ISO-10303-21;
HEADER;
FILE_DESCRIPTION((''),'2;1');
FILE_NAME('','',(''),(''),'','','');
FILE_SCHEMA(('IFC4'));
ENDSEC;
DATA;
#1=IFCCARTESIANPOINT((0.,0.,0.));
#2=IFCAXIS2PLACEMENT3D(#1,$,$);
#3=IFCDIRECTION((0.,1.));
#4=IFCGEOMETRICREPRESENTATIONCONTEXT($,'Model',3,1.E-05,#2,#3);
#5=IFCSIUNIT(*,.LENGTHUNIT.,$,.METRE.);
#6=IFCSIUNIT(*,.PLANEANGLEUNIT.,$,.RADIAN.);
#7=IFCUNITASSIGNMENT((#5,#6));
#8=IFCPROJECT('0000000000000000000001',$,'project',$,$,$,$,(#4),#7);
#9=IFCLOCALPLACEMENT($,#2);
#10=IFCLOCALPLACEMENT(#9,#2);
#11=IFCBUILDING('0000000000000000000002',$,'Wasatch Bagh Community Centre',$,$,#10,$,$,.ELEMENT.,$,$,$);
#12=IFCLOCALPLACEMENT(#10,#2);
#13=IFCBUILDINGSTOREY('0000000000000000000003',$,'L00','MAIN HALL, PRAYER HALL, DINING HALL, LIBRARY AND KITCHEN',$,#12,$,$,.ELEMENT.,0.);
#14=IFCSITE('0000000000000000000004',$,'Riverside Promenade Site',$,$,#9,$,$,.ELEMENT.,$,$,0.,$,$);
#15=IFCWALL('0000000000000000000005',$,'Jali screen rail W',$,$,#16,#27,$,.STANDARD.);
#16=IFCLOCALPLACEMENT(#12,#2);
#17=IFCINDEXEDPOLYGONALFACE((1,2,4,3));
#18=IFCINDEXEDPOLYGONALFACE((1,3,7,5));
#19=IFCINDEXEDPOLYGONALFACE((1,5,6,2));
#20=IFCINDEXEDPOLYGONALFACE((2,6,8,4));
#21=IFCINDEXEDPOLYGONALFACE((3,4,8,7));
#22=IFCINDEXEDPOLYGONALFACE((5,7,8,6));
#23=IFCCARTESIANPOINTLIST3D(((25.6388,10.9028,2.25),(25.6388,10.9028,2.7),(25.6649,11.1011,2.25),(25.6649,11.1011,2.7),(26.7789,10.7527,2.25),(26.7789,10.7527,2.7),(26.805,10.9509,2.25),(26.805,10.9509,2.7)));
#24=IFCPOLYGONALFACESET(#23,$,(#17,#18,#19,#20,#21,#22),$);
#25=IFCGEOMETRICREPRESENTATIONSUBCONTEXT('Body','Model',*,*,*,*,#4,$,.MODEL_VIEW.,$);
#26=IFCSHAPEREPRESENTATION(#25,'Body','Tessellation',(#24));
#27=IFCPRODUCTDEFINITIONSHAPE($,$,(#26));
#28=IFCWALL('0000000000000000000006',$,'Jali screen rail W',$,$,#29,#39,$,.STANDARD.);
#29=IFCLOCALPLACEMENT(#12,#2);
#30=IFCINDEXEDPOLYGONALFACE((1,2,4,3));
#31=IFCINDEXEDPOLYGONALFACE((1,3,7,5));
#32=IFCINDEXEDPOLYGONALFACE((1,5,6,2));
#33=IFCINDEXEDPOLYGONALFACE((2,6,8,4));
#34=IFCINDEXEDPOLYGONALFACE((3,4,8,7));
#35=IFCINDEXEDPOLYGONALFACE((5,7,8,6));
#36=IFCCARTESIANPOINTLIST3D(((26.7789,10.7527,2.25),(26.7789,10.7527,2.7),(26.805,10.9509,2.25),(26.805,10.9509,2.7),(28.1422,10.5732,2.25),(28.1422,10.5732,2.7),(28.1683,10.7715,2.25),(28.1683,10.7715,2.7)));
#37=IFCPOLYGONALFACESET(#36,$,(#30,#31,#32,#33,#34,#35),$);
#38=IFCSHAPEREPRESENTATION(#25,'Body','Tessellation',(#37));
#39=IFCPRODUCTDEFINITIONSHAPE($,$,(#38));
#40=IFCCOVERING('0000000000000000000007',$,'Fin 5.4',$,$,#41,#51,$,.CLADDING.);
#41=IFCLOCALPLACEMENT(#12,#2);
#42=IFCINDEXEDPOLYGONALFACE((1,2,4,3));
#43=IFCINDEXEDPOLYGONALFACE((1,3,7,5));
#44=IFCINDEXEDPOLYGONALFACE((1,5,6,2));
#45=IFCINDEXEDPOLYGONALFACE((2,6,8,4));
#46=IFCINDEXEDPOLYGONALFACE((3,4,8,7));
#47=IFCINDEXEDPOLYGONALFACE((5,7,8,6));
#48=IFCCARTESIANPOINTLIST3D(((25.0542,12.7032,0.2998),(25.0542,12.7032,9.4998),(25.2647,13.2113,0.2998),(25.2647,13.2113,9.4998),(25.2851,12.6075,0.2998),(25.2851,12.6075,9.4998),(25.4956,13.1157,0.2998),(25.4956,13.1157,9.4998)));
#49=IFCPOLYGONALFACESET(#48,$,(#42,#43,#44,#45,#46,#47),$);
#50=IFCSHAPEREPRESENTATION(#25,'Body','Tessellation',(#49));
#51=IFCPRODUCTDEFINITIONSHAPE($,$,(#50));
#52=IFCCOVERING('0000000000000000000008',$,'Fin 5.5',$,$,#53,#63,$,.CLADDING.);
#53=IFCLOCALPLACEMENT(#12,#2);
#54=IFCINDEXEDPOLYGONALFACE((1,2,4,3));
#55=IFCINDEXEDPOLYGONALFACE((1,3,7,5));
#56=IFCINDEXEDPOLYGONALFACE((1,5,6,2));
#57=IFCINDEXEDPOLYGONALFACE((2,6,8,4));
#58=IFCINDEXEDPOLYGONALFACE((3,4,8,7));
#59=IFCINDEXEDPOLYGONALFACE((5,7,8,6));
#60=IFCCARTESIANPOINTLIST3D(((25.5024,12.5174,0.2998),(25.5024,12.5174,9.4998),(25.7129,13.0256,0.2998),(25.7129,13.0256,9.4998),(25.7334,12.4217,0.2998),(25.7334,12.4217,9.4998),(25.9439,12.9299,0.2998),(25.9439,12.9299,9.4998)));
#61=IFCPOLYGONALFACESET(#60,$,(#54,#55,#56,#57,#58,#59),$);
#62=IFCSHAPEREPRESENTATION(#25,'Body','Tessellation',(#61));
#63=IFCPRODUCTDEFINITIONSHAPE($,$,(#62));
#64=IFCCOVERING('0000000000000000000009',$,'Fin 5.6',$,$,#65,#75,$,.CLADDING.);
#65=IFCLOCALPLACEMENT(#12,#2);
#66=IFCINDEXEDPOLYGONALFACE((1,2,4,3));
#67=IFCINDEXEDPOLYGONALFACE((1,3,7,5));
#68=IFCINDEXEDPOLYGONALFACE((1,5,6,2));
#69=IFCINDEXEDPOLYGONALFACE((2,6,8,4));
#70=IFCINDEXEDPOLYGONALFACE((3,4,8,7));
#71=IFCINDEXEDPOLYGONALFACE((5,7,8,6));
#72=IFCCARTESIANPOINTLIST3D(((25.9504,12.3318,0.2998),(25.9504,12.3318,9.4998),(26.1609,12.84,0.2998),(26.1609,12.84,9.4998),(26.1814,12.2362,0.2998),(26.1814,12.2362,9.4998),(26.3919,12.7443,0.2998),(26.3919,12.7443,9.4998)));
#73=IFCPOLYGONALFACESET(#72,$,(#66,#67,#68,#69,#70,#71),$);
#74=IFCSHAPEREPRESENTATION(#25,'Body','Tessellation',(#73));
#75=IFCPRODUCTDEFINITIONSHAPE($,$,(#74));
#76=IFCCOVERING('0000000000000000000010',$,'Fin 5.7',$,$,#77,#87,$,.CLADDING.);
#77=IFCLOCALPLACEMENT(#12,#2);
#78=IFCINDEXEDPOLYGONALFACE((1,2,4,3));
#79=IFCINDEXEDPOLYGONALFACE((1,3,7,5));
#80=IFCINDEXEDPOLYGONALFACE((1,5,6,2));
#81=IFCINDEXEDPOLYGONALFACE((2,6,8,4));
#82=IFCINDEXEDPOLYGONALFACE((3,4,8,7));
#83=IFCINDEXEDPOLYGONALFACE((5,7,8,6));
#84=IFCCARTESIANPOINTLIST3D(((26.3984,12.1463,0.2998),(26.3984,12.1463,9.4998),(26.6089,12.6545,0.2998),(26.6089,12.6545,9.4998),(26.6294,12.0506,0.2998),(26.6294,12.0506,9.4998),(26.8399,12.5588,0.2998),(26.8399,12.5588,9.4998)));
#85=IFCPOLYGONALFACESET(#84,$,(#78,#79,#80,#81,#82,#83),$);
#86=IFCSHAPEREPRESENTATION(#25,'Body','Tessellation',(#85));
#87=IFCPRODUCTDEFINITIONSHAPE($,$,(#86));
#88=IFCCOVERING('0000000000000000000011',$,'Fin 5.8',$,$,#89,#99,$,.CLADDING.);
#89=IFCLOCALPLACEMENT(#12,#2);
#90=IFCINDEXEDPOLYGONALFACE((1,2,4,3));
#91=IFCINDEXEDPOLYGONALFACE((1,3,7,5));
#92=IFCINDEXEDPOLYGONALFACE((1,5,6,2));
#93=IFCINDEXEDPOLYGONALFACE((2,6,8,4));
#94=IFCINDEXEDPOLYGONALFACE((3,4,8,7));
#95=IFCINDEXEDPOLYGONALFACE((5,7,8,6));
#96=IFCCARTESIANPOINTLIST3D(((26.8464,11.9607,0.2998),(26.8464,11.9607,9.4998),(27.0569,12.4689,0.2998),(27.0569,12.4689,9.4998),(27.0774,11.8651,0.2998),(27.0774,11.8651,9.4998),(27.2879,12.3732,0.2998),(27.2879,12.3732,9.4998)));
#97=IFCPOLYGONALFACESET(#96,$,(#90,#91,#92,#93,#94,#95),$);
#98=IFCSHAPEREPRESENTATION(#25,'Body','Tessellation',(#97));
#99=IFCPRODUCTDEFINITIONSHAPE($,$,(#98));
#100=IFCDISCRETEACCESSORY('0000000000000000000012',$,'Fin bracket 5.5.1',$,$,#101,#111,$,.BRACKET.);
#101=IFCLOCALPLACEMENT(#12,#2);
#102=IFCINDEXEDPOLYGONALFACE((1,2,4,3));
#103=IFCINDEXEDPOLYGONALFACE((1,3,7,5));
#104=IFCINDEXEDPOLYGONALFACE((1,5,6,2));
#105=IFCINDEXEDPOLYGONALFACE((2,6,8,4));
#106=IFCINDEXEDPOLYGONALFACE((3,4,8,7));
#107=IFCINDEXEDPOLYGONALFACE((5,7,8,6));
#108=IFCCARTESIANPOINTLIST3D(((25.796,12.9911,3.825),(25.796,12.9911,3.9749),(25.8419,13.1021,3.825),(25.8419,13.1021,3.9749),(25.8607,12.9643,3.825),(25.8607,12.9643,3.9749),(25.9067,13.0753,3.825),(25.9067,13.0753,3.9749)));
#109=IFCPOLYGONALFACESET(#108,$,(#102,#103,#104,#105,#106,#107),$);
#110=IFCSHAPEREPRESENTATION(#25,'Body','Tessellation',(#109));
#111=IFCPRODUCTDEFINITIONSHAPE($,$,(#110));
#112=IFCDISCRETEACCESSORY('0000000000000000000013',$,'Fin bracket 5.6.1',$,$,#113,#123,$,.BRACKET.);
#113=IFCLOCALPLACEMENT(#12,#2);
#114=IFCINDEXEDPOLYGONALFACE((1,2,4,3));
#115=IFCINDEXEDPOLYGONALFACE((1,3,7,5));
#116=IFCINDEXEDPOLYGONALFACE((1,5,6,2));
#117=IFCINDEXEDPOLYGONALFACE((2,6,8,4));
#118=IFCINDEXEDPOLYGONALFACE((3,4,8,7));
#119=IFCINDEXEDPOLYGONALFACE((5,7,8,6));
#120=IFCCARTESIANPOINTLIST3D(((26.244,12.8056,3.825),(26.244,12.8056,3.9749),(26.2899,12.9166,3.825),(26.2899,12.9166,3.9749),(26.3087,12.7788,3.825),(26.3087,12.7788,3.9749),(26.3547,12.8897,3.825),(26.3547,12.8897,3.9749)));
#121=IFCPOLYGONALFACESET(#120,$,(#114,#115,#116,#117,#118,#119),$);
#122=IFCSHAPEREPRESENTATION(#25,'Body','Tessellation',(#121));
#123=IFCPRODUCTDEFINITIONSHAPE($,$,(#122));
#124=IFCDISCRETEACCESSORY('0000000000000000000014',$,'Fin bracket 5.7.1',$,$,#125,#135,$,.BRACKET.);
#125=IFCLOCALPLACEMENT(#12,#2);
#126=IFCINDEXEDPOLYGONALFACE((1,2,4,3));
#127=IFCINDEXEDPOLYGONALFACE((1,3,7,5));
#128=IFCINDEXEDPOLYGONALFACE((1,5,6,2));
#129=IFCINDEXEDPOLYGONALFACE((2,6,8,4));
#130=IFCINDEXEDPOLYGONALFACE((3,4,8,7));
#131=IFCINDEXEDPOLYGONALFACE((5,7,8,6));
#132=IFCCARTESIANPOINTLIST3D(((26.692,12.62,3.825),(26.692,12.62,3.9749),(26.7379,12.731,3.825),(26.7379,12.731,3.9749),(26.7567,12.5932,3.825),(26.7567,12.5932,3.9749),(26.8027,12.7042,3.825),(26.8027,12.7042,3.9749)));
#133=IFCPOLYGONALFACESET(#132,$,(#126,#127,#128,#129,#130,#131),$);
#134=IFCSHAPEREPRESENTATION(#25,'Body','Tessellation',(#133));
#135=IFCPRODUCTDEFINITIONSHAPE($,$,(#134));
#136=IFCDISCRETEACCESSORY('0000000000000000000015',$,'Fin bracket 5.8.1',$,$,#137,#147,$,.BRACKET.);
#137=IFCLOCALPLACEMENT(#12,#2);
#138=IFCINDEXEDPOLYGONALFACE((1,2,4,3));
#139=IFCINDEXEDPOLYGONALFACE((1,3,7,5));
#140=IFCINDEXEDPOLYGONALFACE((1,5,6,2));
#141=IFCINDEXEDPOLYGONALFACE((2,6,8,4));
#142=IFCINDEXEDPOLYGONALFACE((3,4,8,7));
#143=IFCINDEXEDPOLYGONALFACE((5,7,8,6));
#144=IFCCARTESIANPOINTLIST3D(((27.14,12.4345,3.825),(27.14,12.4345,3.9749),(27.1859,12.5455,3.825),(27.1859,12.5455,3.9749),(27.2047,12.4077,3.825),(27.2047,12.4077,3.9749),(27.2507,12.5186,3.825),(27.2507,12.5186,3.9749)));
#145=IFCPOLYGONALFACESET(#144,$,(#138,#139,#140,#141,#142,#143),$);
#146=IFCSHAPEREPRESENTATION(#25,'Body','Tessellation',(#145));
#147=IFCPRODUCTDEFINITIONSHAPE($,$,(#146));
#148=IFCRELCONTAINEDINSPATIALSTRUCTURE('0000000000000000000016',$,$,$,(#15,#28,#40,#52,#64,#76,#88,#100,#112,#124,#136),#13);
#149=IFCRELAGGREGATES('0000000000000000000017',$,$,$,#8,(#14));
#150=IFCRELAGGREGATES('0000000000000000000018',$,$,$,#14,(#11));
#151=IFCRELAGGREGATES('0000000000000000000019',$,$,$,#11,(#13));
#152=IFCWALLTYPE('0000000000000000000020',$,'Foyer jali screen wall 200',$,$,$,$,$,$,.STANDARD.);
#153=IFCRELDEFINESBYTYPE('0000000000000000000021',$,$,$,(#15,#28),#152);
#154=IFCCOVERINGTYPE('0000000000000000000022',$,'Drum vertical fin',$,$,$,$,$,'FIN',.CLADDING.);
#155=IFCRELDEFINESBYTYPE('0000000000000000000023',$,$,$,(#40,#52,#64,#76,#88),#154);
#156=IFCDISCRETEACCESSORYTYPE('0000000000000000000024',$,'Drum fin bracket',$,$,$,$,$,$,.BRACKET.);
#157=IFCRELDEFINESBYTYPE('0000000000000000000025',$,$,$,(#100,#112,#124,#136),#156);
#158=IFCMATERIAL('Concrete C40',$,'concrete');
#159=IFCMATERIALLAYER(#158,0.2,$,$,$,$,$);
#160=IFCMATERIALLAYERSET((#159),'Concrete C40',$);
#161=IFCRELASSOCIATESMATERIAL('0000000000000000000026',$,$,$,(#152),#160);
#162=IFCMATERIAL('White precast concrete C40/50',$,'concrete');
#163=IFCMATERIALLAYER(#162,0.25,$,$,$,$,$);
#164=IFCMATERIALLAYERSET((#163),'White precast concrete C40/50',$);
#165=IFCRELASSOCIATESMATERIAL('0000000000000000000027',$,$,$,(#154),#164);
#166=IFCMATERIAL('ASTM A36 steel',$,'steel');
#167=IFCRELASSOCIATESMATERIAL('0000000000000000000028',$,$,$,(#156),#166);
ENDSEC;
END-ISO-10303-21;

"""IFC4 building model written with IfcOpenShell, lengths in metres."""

from ifc_helpers import new_model, si_unit, direction, frame, frame_2d, origin, origin_2d, place, context, subcontext, project, spatial, rectangle, extrude, material, layer, layer_set, type_object, element, save


model = new_model("IFC4")

# Units and contexts
model_context = context("Model", 3, precision=1e-05, world=origin(), true_north=direction((0.0, 1.0)))
body_context = subcontext(model_context, "Body", "Model", "MODEL_VIEW")
ifc_project = project(units=[si_unit("LENGTHUNIT", "METRE"), si_unit("PLANEANGLEUNIT", "RADIAN")], contexts=[model_context])

# Site, building, storey
site_placement = place(None, origin())
site = spatial("IfcSite", under=ifc_project, at=site_placement, Name="Riverside Promenade Site", CompositionType="ELEMENT", RefElevation=0.0)
building_placement = place(site_placement, origin())
building = spatial("IfcBuilding", under=site, at=building_placement, Name="Wasatch Bagh Community Centre", CompositionType="ELEMENT")
storey_placement = place(building_placement, origin())
storey = spatial("IfcBuildingStorey", under=building, at=storey_placement, Name="L00", Description="MAIN HALL, PRAYER HALL, DINING HALL, LIBRARY AND KITCHEN", CompositionType="ELEMENT", Elevation=0.0)

# Walls
ifc_material_1 = material(Name="Concrete C40", Category="concrete")
ifc_layer_1 = layer(ifc_material_1, 0.2)
ifc_layer_set_1 = layer_set([ifc_layer_1], Name="Concrete C40")
wall_type = type_object("IfcWallType", Name="Foyer jali screen wall 200", PredefinedType="STANDARD", material=ifc_layer_set_1)
wall_1_placement = place(storey_placement, frame((25.6519, 11.002, 2.25), z_axis=(0.0, 0.0, 1.0), x_axis=(0.99144, -0.130564, 0.0)))
element("IfcWall", 1, at=wall_1_placement, inside=storey, type_object=wall_type, Name="Jali screen rail W", PredefinedType="STANDARD", context=body_context, shape_type="SweptSolid", body=[
    extrude(rectangle(XDim=1.1499, YDim=0.2, at=frame_2d((0.575, 0.0))), origin(), (0.0, 0.0, 1.0), 0.45),
])
wall_2_placement = place(storey_placement, frame((26.792, 10.8518, 2.25), z_axis=(0.0, 0.0, 1.0), x_axis=(0.991448, -0.1305, 0.0)))
element("IfcWall", 2, at=wall_2_placement, inside=storey, type_object=wall_type, Name="Jali screen rail W", PredefinedType="STANDARD", context=body_context, shape_type="SweptSolid", body=[
    extrude(rectangle(XDim=1.375, YDim=0.2, at=frame_2d((0.6875, 0.0))), origin(), (0.0, 0.0, 1.0), 0.45),
])

# Coverings
ifc_material_2 = material(Name="White precast concrete C40/50", Category="concrete")
ifc_layer_2 = layer(ifc_material_2, 0.25)
ifc_layer_set_2 = layer_set([ifc_layer_2], Name="White precast concrete C40/50")
covering_type = type_object("IfcCoveringType", Name="Drum vertical fin", ElementType="FIN", PredefinedType="CLADDING", material=ifc_layer_set_2)
for number, where, z_axis, x_axis, name in (
    (3, (25.2749, 12.9094, 0.2998), (0.0, 0.0, 1.0), (0.92388, -0.382683, 0.0), "Fin 5.4"),
    (4, (25.7231, 12.7236, 0.2998), (0.0, 0.0, 1.0), (0.92388, -0.382683, 0.0), "Fin 5.5"),
    (5, (26.1711, 12.5381, 0.2998), (0.0, 0.0, 1.0), (0.92388, -0.382683, 0.0), "Fin 5.6"),
    (6, (26.6191, 12.3525, 0.2998), (0.0, 0.0, 1.0), (0.92388, -0.382683, 0.0), "Fin 5.7"),
    (7, (27.0671, 12.167, 0.2998), (0.0, 0.0, 1.0), (0.92388, -0.382683, 0.0), "Fin 5.8"),
):
    element("IfcCovering", number, at=place(storey_placement, frame(where, z_axis=z_axis, x_axis=x_axis)), inside=storey, type_object=covering_type, Name=name, PredefinedType="CLADDING", context=body_context, shape_type="SweptSolid", body=[
        extrude(rectangle(XDim=0.25, YDim=0.55, at=origin_2d()), origin(), (0.0, 0.0, 1.0), 9.2),
    ])

# Discrete accessories
ifc_material_3 = material(Name="ASTM A36 steel", Category="steel")
discrete_accessory_type = type_object("IfcDiscreteAccessoryType", Name="Drum fin bracket", PredefinedType="BRACKET", material=ifc_material_3)
for number, where, z_axis, x_axis, name in (
    (8, (25.8513, 13.0332, 3.825), (0.0, 0.0, 1.0), (0.92388, -0.382683, 0.0), "Fin bracket 5.5.1"),
    (9, (26.2993, 12.8477, 3.825), (0.0, 0.0, 1.0), (0.92388, -0.382683, 0.0), "Fin bracket 5.6.1"),
    (10, (26.7473, 12.6621, 3.825), (0.0, 0.0, 1.0), (0.92388, -0.382683, 0.0), "Fin bracket 5.7.1"),
    (11, (27.1953, 12.4766, 3.825), (0.0, 0.0, 1.0), (0.92388, -0.382683, 0.0), "Fin bracket 5.8.1"),
):
    element("IfcDiscreteAccessory", number, at=place(storey_placement, frame(where, z_axis=z_axis, x_axis=x_axis)), inside=storey, type_object=discrete_accessory_type, Name=name, PredefinedType="BRACKET", context=body_context, shape_type="SweptSolid", body=[
        extrude(rectangle(XDim=0.0701, YDim=0.1201, at=origin_2d()), origin(), (0.0, 0.0, 1.0), 0.1499),
    ])

save(model, "model.ifc")
